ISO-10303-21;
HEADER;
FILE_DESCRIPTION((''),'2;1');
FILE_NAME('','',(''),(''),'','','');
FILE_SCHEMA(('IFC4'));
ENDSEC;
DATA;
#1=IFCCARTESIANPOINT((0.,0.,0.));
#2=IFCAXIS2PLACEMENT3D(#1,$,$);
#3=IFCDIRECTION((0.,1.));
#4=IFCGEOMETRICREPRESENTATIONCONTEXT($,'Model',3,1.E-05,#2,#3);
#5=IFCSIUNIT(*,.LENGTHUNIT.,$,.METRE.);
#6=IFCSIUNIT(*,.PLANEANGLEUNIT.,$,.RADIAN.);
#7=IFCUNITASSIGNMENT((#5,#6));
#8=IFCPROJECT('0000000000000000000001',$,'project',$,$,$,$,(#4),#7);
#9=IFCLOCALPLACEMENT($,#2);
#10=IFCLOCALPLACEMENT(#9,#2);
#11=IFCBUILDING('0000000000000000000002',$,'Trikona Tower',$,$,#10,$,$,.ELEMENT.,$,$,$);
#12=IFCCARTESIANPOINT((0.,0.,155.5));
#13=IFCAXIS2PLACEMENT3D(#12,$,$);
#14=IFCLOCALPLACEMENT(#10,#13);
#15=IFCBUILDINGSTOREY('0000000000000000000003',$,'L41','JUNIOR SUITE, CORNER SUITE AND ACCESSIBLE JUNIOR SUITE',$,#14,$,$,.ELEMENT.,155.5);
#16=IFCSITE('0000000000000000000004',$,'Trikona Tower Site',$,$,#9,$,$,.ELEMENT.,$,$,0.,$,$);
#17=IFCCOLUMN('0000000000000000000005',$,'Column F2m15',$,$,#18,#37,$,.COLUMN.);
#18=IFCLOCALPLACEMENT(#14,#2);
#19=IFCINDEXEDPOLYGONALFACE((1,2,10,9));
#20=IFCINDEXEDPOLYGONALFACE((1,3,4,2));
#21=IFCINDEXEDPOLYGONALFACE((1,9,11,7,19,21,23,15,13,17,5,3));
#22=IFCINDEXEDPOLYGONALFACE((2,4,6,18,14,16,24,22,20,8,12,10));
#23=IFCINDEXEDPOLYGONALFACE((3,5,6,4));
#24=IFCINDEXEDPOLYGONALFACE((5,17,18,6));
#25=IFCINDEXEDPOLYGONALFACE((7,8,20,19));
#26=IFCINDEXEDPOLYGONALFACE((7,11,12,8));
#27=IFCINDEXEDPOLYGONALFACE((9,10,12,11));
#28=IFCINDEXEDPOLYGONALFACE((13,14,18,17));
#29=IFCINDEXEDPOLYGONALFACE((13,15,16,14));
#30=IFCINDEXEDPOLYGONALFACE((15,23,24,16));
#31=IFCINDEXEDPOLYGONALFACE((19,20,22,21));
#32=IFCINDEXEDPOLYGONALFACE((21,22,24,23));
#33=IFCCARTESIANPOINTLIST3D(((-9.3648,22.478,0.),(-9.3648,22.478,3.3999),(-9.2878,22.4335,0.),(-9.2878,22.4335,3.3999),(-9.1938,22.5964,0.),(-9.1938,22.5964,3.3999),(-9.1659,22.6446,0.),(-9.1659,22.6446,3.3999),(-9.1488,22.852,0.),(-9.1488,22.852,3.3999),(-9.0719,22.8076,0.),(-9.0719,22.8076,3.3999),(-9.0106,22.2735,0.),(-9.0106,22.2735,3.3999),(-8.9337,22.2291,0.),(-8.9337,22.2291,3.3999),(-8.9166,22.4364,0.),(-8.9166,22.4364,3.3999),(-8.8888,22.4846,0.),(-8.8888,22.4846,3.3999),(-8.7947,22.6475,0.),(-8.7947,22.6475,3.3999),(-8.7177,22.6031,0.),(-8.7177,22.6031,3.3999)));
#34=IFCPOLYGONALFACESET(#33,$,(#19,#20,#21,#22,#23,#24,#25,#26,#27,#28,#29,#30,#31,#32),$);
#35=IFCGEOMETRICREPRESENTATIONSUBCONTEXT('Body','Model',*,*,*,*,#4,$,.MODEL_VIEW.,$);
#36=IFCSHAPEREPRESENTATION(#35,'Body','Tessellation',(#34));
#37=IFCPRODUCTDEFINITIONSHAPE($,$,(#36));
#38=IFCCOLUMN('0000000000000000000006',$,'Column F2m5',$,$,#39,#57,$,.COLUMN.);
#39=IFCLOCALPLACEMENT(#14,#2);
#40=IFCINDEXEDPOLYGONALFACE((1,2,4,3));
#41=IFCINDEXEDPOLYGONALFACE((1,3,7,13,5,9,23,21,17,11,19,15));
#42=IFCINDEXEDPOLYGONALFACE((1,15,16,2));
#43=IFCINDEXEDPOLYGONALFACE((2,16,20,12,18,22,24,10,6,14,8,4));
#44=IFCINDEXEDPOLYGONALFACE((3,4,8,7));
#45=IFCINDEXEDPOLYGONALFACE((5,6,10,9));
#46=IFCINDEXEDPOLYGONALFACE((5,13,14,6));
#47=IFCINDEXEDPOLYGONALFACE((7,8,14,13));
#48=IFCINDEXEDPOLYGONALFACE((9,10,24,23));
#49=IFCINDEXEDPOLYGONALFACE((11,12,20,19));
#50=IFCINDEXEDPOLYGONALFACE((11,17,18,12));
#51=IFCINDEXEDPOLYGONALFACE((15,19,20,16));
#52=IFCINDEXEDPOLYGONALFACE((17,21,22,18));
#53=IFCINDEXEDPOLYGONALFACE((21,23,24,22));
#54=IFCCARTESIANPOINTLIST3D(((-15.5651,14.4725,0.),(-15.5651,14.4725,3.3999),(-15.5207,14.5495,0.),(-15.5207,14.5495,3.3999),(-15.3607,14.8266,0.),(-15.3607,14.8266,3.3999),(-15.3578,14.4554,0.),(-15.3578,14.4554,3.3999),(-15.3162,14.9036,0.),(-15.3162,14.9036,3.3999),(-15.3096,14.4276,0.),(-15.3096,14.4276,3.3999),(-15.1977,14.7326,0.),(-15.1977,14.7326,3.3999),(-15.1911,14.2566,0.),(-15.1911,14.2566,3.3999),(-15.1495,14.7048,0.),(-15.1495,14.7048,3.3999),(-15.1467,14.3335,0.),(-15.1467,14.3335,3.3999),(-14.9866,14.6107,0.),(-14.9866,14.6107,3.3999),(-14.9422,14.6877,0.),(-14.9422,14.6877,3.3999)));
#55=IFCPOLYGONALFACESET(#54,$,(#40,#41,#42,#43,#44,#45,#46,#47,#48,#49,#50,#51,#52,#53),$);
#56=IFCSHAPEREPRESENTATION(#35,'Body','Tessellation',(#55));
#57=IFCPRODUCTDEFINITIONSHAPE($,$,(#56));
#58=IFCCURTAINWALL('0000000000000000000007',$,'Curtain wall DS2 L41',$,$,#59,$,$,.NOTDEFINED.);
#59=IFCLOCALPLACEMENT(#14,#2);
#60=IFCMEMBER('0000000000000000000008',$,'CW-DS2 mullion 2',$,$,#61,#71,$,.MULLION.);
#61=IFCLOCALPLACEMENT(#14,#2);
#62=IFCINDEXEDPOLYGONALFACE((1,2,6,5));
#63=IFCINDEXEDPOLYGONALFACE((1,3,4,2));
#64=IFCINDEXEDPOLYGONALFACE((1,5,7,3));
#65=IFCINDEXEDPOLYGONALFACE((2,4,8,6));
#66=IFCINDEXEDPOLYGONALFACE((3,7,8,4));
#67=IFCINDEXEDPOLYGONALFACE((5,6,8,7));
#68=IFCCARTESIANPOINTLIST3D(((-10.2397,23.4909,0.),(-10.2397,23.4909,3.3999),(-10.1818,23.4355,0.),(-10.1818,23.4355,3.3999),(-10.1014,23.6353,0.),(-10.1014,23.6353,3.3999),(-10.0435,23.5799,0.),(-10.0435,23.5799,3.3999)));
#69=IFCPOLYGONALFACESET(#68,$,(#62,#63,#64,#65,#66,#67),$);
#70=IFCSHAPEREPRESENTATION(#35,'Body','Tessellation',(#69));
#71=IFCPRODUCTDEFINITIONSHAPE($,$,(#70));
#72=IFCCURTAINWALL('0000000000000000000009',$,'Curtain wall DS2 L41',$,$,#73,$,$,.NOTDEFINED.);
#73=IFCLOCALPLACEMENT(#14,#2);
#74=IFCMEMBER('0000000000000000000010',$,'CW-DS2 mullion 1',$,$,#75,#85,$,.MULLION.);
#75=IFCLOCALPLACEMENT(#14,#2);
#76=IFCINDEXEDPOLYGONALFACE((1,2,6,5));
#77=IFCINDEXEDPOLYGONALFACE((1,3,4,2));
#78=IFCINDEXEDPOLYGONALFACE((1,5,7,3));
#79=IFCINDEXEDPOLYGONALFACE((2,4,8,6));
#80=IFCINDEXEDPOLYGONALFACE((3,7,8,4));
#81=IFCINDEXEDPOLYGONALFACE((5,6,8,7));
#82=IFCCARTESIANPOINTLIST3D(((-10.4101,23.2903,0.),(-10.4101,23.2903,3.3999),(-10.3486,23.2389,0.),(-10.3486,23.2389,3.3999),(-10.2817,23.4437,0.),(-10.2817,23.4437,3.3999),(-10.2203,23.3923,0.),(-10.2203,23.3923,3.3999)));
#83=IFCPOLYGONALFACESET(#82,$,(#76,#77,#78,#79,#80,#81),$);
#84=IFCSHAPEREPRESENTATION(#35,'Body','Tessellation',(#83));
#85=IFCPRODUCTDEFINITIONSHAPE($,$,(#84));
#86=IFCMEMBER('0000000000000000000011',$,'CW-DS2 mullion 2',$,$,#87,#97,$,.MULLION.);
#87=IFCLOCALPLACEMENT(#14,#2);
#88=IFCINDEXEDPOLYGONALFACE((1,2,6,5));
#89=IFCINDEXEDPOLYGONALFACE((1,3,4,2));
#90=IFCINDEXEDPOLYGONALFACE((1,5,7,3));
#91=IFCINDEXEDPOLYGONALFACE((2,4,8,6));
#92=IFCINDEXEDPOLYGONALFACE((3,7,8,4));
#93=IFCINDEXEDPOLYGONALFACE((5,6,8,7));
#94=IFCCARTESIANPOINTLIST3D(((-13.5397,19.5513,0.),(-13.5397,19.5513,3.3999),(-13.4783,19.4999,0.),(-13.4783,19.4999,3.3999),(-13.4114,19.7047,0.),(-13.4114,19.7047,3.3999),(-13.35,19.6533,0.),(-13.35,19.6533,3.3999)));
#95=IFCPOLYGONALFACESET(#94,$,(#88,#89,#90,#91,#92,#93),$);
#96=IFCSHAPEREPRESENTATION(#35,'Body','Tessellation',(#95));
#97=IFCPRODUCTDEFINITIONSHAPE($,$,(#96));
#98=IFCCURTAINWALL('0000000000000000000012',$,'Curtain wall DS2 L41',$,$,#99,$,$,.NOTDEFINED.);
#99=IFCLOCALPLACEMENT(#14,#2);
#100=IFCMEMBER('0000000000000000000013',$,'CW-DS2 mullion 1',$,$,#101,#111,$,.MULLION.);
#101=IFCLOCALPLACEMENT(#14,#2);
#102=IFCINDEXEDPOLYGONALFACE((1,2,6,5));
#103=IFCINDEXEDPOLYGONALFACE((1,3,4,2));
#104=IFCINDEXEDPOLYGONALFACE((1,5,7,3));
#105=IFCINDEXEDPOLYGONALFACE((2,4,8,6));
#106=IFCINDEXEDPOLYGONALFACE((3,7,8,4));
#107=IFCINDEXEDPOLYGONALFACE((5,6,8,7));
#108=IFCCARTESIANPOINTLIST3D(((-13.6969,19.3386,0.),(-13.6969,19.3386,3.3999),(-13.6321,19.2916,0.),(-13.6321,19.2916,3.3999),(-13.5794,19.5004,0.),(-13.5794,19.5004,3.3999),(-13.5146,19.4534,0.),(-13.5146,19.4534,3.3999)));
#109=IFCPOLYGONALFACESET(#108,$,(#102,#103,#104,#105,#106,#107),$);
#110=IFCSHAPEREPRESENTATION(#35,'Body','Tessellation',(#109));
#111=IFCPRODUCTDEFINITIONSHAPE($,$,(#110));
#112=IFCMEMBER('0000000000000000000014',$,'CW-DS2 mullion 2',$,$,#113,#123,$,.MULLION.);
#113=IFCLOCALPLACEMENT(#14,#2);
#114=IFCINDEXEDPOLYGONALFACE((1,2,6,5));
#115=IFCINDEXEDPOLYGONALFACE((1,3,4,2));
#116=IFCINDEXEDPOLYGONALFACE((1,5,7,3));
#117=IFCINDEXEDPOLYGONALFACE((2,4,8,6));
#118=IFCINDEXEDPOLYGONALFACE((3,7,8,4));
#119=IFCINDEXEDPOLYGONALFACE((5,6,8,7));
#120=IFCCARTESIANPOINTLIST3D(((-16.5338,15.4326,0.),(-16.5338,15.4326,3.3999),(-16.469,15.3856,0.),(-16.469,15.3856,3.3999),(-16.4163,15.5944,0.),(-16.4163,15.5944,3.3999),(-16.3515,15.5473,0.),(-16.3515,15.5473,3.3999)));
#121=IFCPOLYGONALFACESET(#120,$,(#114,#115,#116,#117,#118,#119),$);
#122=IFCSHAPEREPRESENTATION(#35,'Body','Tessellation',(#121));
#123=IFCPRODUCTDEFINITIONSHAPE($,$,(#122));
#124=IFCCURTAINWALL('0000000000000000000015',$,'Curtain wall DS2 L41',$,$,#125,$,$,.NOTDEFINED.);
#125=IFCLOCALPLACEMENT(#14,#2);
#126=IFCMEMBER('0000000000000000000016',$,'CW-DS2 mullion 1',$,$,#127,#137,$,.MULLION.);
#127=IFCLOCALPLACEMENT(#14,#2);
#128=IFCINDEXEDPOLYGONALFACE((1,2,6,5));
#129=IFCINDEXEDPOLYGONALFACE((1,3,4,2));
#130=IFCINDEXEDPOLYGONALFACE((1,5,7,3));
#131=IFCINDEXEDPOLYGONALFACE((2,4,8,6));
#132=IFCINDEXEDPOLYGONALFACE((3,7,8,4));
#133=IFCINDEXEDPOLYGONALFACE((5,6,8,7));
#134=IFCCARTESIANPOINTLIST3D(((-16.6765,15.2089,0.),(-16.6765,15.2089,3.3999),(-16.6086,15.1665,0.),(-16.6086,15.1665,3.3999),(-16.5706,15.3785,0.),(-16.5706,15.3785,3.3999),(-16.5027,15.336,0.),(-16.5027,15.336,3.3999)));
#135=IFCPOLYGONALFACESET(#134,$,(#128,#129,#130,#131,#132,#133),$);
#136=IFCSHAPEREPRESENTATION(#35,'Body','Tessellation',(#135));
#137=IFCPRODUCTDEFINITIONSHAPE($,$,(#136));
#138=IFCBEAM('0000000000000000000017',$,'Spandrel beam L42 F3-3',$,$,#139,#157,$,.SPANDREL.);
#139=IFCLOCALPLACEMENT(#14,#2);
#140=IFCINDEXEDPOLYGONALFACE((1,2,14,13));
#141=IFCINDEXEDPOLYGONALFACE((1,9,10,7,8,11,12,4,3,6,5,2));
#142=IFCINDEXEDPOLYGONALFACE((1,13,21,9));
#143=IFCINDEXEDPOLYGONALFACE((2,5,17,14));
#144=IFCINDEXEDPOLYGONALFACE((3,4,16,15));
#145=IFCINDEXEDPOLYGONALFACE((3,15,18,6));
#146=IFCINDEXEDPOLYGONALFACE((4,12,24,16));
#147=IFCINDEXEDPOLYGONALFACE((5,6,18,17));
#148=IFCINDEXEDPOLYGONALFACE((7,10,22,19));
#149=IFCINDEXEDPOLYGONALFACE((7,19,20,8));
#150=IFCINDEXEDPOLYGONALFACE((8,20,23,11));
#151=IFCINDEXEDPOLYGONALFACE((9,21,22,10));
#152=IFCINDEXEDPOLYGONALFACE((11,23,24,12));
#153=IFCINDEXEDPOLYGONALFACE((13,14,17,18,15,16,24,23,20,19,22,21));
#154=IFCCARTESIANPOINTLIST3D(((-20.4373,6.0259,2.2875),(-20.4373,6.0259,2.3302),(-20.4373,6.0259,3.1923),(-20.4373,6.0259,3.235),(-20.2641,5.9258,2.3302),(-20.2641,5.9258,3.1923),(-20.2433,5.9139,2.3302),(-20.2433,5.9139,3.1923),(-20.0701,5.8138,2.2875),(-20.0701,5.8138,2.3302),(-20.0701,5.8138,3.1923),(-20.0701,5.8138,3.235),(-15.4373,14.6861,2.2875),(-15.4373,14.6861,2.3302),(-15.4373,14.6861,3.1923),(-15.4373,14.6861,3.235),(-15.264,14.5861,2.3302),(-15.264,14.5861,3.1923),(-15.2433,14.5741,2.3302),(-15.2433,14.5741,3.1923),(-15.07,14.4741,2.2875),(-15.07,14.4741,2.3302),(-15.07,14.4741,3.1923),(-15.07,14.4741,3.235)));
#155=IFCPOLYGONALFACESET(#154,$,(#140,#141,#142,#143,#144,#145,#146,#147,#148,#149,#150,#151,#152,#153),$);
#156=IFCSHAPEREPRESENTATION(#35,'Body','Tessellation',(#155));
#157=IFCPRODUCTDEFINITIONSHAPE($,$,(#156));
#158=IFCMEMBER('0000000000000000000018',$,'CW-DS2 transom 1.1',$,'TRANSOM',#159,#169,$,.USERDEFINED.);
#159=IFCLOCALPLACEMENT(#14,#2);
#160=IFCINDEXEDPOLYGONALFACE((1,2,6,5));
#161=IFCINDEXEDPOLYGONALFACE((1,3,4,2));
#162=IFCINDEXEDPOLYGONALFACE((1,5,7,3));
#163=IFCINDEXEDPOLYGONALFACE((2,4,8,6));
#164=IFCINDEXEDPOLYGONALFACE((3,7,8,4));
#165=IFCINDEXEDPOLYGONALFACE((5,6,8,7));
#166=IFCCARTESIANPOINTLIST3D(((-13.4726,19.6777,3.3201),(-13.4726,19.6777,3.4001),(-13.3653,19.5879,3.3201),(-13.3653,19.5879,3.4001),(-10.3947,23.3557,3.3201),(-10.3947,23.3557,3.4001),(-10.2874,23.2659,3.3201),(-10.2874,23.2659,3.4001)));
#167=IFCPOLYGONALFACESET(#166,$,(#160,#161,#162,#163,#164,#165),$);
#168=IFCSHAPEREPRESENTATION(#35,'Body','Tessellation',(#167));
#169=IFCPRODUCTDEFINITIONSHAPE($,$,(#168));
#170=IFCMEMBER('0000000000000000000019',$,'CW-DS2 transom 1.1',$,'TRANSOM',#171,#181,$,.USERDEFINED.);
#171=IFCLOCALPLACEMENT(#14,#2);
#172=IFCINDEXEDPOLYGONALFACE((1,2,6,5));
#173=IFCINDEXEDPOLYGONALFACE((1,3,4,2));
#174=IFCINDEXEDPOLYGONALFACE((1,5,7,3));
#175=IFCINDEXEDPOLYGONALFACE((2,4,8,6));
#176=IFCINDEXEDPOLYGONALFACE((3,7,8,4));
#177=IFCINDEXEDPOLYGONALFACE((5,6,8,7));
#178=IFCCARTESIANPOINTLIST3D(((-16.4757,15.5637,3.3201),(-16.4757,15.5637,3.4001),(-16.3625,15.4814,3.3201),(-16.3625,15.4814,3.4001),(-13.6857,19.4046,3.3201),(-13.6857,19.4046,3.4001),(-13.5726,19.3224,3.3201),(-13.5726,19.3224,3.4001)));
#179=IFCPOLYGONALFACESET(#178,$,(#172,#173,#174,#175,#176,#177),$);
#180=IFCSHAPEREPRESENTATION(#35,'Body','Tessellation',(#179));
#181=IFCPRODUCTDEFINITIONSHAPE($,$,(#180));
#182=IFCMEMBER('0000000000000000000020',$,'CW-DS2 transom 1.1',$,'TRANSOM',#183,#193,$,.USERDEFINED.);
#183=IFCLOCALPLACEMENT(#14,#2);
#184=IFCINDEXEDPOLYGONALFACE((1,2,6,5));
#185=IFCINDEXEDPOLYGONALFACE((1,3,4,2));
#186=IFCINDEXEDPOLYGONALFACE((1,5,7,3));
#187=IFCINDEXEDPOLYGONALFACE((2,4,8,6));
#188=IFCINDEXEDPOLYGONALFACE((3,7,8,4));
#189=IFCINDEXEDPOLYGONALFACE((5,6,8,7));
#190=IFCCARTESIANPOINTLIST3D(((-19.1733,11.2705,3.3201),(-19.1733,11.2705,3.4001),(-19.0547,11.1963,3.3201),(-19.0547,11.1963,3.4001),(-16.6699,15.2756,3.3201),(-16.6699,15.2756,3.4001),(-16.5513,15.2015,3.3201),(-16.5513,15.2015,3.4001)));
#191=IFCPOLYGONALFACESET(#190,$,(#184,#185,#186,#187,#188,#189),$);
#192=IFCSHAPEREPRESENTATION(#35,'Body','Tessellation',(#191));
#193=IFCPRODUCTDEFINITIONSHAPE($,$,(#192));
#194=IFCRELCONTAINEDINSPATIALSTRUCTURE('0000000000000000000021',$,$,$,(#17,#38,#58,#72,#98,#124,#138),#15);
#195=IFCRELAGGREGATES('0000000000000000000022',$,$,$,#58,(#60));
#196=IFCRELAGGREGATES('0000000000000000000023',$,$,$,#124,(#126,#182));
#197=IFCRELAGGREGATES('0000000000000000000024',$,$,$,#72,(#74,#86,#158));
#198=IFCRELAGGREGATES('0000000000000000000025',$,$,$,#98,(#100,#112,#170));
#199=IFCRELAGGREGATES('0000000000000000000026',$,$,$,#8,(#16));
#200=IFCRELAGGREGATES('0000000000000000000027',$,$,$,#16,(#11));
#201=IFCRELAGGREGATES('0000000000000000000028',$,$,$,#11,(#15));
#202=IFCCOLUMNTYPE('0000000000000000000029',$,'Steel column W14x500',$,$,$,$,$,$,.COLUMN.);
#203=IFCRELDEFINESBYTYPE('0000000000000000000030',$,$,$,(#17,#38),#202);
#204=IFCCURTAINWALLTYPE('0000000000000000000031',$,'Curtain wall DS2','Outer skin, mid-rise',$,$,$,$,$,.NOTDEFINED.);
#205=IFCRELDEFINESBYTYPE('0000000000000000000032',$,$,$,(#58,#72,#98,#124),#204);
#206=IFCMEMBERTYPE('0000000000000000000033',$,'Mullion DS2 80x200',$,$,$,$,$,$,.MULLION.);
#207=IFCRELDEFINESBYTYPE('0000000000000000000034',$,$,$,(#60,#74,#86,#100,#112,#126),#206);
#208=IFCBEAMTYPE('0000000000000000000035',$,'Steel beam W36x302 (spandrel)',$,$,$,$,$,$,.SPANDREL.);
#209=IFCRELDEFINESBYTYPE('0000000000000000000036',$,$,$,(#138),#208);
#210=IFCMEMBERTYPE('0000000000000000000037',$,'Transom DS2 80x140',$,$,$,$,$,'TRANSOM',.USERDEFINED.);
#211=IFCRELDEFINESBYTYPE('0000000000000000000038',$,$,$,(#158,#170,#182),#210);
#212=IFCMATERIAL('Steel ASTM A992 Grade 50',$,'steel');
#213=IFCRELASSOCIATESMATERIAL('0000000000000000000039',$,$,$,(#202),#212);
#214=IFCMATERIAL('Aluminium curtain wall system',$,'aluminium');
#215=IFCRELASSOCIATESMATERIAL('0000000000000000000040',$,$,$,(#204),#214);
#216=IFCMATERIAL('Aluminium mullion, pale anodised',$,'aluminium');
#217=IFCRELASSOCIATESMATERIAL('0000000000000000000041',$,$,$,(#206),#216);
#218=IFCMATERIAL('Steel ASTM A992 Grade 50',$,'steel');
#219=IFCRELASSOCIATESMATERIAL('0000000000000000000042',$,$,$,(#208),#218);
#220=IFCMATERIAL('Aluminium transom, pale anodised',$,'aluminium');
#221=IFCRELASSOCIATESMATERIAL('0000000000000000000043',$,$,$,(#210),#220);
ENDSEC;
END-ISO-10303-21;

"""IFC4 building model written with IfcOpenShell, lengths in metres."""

from ifc_helpers import new_model, si_unit, direction, frame, origin, origin_2d, place, context, subcontext, project, spatial, rectangle, i_section, extrude, material, material_profile, profile_set, type_object, element, aggregate, save


model = new_model("IFC4")

# Units and contexts
model_context = context("Model", 3, precision=1e-05, world=origin(), true_north=direction((0.0, 1.0)))
body_context = subcontext(model_context, "Body", "Model", "MODEL_VIEW")
ifc_project = project(units=[si_unit("LENGTHUNIT", "METRE"), si_unit("PLANEANGLEUNIT", "RADIAN")], contexts=[model_context])

# Site, building, storey
site_placement = place(None, origin())
site = spatial("IfcSite", under=ifc_project, at=site_placement, Name="Trikona Tower Site", CompositionType="ELEMENT", RefElevation=0.0)
building_placement = place(site_placement, origin())
building = spatial("IfcBuilding", under=site, at=building_placement, Name="Trikona Tower", CompositionType="ELEMENT")
storey_placement = place(building_placement, frame((0.0, 0.0, 155.5)))
storey = spatial("IfcBuildingStorey", under=building, at=storey_placement, Name="L41", Description="JUNIOR SUITE, CORNER SUITE AND ACCESSIBLE JUNIOR SUITE", CompositionType="ELEMENT", Elevation=155.5)

# Columns
ifc_material_1 = material(Name="Steel ASTM A992 Grade 50", Category="steel")
ifc_material_profile_1 = material_profile(ifc_material_1, i_section(OverallWidth=0.4319, OverallDepth=0.4978, WebThickness=0.0557, FlangeThickness=0.0889, at=origin_2d()), Name="W14X500")
ifc_profile_set_1 = profile_set([ifc_material_profile_1], Name="Steel ASTM A992 Grade 50")
column_type = type_object("IfcColumnType", Name="Steel column W14x500", PredefinedType="COLUMN", material=ifc_profile_set_1)
for number, where, z_axis, x_axis, name in (
    (1, (-9.0413, 22.5405, 0.0), (0.0, 0.0, 1.0), (-0.5, -0.866025, 0.0), "Column F2m15"),
    (2, (-15.2537, 14.5801, 0.0), (0.0, 0.0, 1.0), (-0.866025, 0.5, 0.0), "Column F2m5"),
):
    element("IfcColumn", number, at=place(storey_placement, frame(where, z_axis=z_axis, x_axis=x_axis)), inside=storey, type_object=column_type, Name=name, PredefinedType="COLUMN", context=body_context, shape_type="SweptSolid", body=[
        extrude(i_section(OverallWidth=0.4319, OverallDepth=0.4978, WebThickness=0.0557, FlangeThickness=0.0889, at=origin_2d()), origin(), (0.0, 0.0, 1.0), 3.3999),
    ])

# Curtain wall, member
ifc_material_2 = material(Name="Aluminium curtain wall system", Category="aluminium")
curtain_wall_type = type_object("IfcCurtainWallType", Name="Curtain wall DS2", Description="Outer skin, mid-rise", PredefinedType="NOTDEFINED", material=ifc_material_2)
curtain_wall_1_placement = place(storey_placement, origin())
curtain_wall_1 = element("IfcCurtainWall", 3, at=curtain_wall_1_placement, inside=storey, type_object=curtain_wall_type, Name="Curtain wall DS2 L41", PredefinedType="NOTDEFINED")
ifc_material_3 = material(Name="Aluminium mullion, pale anodised", Category="aluminium")
ifc_material_profile_2 = material_profile(ifc_material_3, rectangle(XDim=0.0801, YDim=0.2, at=origin_2d()), Name="MUL-DS2")
ifc_profile_set_2 = profile_set([ifc_material_profile_2], Name="Aluminium mullion, pale anodised")
member_type_1 = type_object("IfcMemberType", Name="Mullion DS2 80x200", PredefinedType="MULLION", material=ifc_profile_set_2)
member_1_placement = place(storey_placement, frame((-10.1416, 23.5354, 0.0), z_axis=(0.0, 0.0, 1.0), x_axis=(0.722158, -0.691728, 0.0)))
member_1 = element("IfcMember", 4, at=member_1_placement, type_object=member_type_1, Name="CW-DS2 mullion 2", PredefinedType="MULLION", context=body_context, shape_type="SweptSolid", body=[
    extrude(rectangle(XDim=0.0801, YDim=0.2, at=origin_2d()), origin(), (0.0, 0.0, 1.0), 3.3999),
])
aggregate(curtain_wall_1, [member_1])

# Curtain walls, members
curtain_wall_2_placement = place(storey_placement, origin())
curtain_wall_2 = element("IfcCurtainWall", 5, at=curtain_wall_2_placement, inside=storey, type_object=curtain_wall_type, Name="Curtain wall DS2 L41", PredefinedType="NOTDEFINED")
member_2_placement = place(storey_placement, frame((-10.3152, 23.3413, 0.0), z_axis=(0.0, 0.0, 1.0), x_axis=(0.766867, -0.641806, 0.0)))
member_2 = element("IfcMember", 6, at=member_2_placement, type_object=member_type_1, Name="CW-DS2 mullion 1", PredefinedType="MULLION", context=body_context, shape_type="SweptSolid", body=[
    extrude(rectangle(XDim=0.0801, YDim=0.2, at=origin_2d()), origin(), (0.0, 0.0, 1.0), 3.3999),
])
member_3_placement = place(storey_placement, frame((-13.4448, 19.6023, 0.0), z_axis=(0.0, 0.0, 1.0), x_axis=(0.766867, -0.641806, 0.0)))
member_3 = element("IfcMember", 7, at=member_3_placement, type_object=member_type_1, Name="CW-DS2 mullion 2", PredefinedType="MULLION", context=body_context, shape_type="SweptSolid", body=[
    extrude(rectangle(XDim=0.0801, YDim=0.2, at=origin_2d()), origin(), (0.0, 0.0, 1.0), 3.3999),
])
curtain_wall_3_placement = place(storey_placement, origin())
curtain_wall_3 = element("IfcCurtainWall", 8, at=curtain_wall_3_placement, inside=storey, type_object=curtain_wall_type, Name="Curtain wall DS2 L41", PredefinedType="NOTDEFINED")
member_4_placement = place(storey_placement, frame((-13.6057, 19.396, 0.0), z_axis=(0.0, 0.0, 1.0), x_axis=(0.809086, -0.587691, 0.0)))
member_4 = element("IfcMember", 9, at=member_4_placement, type_object=member_type_1, Name="CW-DS2 mullion 1", PredefinedType="MULLION", context=body_context, shape_type="SweptSolid", body=[
    extrude(rectangle(XDim=0.0801, YDim=0.2, at=origin_2d()), origin(), (0.0, 0.0, 1.0), 3.3999),
])
member_5_placement = place(storey_placement, frame((-16.4426, 15.49, 0.0), z_axis=(0.0, 0.0, 1.0), x_axis=(0.809086, -0.587691, 0.0)))
member_5 = element("IfcMember", 10, at=member_5_placement, type_object=member_type_1, Name="CW-DS2 mullion 2", PredefinedType="MULLION", context=body_context, shape_type="SweptSolid", body=[
    extrude(rectangle(XDim=0.0801, YDim=0.2, at=origin_2d()), origin(), (0.0, 0.0, 1.0), 3.3999),
])

# Curtain wall, member
curtain_wall_4_placement = place(storey_placement, origin())
curtain_wall_4 = element("IfcCurtainWall", 11, at=curtain_wall_4_placement, inside=storey, type_object=curtain_wall_type, Name="Curtain wall DS2 L41", PredefinedType="NOTDEFINED")
member_6_placement = place(storey_placement, frame((-16.5896, 15.2725, 0.0), z_axis=(0.0, 0.0, 1.0), x_axis=(0.847998, -0.529999, 0.0)))
member_6 = element("IfcMember", 12, at=member_6_placement, type_object=member_type_1, Name="CW-DS2 mullion 1", PredefinedType="MULLION", context=body_context, shape_type="SweptSolid", body=[
    extrude(rectangle(XDim=0.0801, YDim=0.2, at=origin_2d()), origin(), (0.0, 0.0, 1.0), 3.3999),
])

# Beam
ifc_material_4 = material(Name="Steel ASTM A992 Grade 50", Category="steel")
ifc_material_profile_3 = material_profile(ifc_material_4, i_section(OverallWidth=0.4241, OverallDepth=0.9475, WebThickness=0.0239, FlangeThickness=0.0427, at=origin_2d()), Name="W36X302")
ifc_profile_set_3 = profile_set([ifc_material_profile_3], Name="Steel ASTM A992 Grade 50")
beam_type = type_object("IfcBeamType", Name="Steel beam W36x302 (spandrel)", PredefinedType="SPANDREL", material=ifc_profile_set_3)
beam_placement = place(storey_placement, frame((-15.2537, 14.5801, 2.7612), z_axis=(-0.500004, -0.866023, 0.0), x_axis=(0.866023, -0.500004, 0.0)))
element("IfcBeam", 13, at=beam_placement, inside=storey, type_object=beam_type, Name="Spandrel beam L42 F3-3", PredefinedType="SPANDREL", context=body_context, shape_type="SweptSolid", body=[
    extrude(i_section(OverallWidth=0.4241, OverallDepth=0.9475, WebThickness=0.0239, FlangeThickness=0.0427, at=origin_2d()), origin(), (0.0, 0.0, 1.0), 10.0),
])

# Members
ifc_material_5 = material(Name="Aluminium transom, pale anodised", Category="aluminium")
ifc_material_profile_4 = material_profile(ifc_material_5, rectangle(XDim=0.1399, YDim=0.0801, at=origin_2d()), Name="TRN-DS2")
ifc_profile_set_4 = profile_set([ifc_material_profile_4], Name="Aluminium transom, pale anodised")
member_type_2 = type_object("IfcMemberType", Name="Transom DS2 80x140", ElementType="TRANSOM", PredefinedType="USERDEFINED", material=ifc_profile_set_4)
member_7_placement = place(storey_placement, frame((-10.3411, 23.3108, 3.3601), z_axis=(-0.64177, -0.766897, 0.0), x_axis=(0.766897, -0.64177, 0.0)))
member_7 = element("IfcMember", 14, at=member_7_placement, type_object=member_type_2, Name="CW-DS2 transom 1.1", ObjectType="TRANSOM", PredefinedType="USERDEFINED", context=body_context, shape_type="SweptSolid", body=[
    extrude(rectangle(XDim=0.1399, YDim=0.0801, at=origin_2d()), origin(), (0.0, 0.0, 1.0), 4.7959),
])
member_8_placement = place(storey_placement, frame((-13.6292, 19.3635, 3.3601), z_axis=(-0.587695, -0.809083, 0.0), x_axis=(0.809083, -0.587695, 0.0)))
member_8 = element("IfcMember", 15, at=member_8_placement, type_object=member_type_2, Name="CW-DS2 transom 1.1", ObjectType="TRANSOM", PredefinedType="USERDEFINED", context=body_context, shape_type="SweptSolid", body=[
    extrude(rectangle(XDim=0.1399, YDim=0.0801, at=origin_2d()), origin(), (0.0, 0.0, 1.0), 4.7473),
])
member_9_placement = place(storey_placement, frame((-16.6106, 15.2385, 3.3601), z_axis=(-0.530031, -0.847978, 0.0), x_axis=(0.847978, -0.530031, 0.0)))
member_9 = element("IfcMember", 16, at=member_9_placement, type_object=member_type_2, Name="CW-DS2 transom 1.1", ObjectType="TRANSOM", PredefinedType="USERDEFINED", context=body_context, shape_type="SweptSolid", body=[
    extrude(rectangle(XDim=0.1399, YDim=0.0801, at=origin_2d()), origin(), (0.0, 0.0, 1.0), 4.7231),
])
aggregate(curtain_wall_4, [member_6, member_9])

aggregate(curtain_wall_2, [member_2, member_3, member_7])
aggregate(curtain_wall_3, [member_4, member_5, member_8])

save(model, "model.ifc")
